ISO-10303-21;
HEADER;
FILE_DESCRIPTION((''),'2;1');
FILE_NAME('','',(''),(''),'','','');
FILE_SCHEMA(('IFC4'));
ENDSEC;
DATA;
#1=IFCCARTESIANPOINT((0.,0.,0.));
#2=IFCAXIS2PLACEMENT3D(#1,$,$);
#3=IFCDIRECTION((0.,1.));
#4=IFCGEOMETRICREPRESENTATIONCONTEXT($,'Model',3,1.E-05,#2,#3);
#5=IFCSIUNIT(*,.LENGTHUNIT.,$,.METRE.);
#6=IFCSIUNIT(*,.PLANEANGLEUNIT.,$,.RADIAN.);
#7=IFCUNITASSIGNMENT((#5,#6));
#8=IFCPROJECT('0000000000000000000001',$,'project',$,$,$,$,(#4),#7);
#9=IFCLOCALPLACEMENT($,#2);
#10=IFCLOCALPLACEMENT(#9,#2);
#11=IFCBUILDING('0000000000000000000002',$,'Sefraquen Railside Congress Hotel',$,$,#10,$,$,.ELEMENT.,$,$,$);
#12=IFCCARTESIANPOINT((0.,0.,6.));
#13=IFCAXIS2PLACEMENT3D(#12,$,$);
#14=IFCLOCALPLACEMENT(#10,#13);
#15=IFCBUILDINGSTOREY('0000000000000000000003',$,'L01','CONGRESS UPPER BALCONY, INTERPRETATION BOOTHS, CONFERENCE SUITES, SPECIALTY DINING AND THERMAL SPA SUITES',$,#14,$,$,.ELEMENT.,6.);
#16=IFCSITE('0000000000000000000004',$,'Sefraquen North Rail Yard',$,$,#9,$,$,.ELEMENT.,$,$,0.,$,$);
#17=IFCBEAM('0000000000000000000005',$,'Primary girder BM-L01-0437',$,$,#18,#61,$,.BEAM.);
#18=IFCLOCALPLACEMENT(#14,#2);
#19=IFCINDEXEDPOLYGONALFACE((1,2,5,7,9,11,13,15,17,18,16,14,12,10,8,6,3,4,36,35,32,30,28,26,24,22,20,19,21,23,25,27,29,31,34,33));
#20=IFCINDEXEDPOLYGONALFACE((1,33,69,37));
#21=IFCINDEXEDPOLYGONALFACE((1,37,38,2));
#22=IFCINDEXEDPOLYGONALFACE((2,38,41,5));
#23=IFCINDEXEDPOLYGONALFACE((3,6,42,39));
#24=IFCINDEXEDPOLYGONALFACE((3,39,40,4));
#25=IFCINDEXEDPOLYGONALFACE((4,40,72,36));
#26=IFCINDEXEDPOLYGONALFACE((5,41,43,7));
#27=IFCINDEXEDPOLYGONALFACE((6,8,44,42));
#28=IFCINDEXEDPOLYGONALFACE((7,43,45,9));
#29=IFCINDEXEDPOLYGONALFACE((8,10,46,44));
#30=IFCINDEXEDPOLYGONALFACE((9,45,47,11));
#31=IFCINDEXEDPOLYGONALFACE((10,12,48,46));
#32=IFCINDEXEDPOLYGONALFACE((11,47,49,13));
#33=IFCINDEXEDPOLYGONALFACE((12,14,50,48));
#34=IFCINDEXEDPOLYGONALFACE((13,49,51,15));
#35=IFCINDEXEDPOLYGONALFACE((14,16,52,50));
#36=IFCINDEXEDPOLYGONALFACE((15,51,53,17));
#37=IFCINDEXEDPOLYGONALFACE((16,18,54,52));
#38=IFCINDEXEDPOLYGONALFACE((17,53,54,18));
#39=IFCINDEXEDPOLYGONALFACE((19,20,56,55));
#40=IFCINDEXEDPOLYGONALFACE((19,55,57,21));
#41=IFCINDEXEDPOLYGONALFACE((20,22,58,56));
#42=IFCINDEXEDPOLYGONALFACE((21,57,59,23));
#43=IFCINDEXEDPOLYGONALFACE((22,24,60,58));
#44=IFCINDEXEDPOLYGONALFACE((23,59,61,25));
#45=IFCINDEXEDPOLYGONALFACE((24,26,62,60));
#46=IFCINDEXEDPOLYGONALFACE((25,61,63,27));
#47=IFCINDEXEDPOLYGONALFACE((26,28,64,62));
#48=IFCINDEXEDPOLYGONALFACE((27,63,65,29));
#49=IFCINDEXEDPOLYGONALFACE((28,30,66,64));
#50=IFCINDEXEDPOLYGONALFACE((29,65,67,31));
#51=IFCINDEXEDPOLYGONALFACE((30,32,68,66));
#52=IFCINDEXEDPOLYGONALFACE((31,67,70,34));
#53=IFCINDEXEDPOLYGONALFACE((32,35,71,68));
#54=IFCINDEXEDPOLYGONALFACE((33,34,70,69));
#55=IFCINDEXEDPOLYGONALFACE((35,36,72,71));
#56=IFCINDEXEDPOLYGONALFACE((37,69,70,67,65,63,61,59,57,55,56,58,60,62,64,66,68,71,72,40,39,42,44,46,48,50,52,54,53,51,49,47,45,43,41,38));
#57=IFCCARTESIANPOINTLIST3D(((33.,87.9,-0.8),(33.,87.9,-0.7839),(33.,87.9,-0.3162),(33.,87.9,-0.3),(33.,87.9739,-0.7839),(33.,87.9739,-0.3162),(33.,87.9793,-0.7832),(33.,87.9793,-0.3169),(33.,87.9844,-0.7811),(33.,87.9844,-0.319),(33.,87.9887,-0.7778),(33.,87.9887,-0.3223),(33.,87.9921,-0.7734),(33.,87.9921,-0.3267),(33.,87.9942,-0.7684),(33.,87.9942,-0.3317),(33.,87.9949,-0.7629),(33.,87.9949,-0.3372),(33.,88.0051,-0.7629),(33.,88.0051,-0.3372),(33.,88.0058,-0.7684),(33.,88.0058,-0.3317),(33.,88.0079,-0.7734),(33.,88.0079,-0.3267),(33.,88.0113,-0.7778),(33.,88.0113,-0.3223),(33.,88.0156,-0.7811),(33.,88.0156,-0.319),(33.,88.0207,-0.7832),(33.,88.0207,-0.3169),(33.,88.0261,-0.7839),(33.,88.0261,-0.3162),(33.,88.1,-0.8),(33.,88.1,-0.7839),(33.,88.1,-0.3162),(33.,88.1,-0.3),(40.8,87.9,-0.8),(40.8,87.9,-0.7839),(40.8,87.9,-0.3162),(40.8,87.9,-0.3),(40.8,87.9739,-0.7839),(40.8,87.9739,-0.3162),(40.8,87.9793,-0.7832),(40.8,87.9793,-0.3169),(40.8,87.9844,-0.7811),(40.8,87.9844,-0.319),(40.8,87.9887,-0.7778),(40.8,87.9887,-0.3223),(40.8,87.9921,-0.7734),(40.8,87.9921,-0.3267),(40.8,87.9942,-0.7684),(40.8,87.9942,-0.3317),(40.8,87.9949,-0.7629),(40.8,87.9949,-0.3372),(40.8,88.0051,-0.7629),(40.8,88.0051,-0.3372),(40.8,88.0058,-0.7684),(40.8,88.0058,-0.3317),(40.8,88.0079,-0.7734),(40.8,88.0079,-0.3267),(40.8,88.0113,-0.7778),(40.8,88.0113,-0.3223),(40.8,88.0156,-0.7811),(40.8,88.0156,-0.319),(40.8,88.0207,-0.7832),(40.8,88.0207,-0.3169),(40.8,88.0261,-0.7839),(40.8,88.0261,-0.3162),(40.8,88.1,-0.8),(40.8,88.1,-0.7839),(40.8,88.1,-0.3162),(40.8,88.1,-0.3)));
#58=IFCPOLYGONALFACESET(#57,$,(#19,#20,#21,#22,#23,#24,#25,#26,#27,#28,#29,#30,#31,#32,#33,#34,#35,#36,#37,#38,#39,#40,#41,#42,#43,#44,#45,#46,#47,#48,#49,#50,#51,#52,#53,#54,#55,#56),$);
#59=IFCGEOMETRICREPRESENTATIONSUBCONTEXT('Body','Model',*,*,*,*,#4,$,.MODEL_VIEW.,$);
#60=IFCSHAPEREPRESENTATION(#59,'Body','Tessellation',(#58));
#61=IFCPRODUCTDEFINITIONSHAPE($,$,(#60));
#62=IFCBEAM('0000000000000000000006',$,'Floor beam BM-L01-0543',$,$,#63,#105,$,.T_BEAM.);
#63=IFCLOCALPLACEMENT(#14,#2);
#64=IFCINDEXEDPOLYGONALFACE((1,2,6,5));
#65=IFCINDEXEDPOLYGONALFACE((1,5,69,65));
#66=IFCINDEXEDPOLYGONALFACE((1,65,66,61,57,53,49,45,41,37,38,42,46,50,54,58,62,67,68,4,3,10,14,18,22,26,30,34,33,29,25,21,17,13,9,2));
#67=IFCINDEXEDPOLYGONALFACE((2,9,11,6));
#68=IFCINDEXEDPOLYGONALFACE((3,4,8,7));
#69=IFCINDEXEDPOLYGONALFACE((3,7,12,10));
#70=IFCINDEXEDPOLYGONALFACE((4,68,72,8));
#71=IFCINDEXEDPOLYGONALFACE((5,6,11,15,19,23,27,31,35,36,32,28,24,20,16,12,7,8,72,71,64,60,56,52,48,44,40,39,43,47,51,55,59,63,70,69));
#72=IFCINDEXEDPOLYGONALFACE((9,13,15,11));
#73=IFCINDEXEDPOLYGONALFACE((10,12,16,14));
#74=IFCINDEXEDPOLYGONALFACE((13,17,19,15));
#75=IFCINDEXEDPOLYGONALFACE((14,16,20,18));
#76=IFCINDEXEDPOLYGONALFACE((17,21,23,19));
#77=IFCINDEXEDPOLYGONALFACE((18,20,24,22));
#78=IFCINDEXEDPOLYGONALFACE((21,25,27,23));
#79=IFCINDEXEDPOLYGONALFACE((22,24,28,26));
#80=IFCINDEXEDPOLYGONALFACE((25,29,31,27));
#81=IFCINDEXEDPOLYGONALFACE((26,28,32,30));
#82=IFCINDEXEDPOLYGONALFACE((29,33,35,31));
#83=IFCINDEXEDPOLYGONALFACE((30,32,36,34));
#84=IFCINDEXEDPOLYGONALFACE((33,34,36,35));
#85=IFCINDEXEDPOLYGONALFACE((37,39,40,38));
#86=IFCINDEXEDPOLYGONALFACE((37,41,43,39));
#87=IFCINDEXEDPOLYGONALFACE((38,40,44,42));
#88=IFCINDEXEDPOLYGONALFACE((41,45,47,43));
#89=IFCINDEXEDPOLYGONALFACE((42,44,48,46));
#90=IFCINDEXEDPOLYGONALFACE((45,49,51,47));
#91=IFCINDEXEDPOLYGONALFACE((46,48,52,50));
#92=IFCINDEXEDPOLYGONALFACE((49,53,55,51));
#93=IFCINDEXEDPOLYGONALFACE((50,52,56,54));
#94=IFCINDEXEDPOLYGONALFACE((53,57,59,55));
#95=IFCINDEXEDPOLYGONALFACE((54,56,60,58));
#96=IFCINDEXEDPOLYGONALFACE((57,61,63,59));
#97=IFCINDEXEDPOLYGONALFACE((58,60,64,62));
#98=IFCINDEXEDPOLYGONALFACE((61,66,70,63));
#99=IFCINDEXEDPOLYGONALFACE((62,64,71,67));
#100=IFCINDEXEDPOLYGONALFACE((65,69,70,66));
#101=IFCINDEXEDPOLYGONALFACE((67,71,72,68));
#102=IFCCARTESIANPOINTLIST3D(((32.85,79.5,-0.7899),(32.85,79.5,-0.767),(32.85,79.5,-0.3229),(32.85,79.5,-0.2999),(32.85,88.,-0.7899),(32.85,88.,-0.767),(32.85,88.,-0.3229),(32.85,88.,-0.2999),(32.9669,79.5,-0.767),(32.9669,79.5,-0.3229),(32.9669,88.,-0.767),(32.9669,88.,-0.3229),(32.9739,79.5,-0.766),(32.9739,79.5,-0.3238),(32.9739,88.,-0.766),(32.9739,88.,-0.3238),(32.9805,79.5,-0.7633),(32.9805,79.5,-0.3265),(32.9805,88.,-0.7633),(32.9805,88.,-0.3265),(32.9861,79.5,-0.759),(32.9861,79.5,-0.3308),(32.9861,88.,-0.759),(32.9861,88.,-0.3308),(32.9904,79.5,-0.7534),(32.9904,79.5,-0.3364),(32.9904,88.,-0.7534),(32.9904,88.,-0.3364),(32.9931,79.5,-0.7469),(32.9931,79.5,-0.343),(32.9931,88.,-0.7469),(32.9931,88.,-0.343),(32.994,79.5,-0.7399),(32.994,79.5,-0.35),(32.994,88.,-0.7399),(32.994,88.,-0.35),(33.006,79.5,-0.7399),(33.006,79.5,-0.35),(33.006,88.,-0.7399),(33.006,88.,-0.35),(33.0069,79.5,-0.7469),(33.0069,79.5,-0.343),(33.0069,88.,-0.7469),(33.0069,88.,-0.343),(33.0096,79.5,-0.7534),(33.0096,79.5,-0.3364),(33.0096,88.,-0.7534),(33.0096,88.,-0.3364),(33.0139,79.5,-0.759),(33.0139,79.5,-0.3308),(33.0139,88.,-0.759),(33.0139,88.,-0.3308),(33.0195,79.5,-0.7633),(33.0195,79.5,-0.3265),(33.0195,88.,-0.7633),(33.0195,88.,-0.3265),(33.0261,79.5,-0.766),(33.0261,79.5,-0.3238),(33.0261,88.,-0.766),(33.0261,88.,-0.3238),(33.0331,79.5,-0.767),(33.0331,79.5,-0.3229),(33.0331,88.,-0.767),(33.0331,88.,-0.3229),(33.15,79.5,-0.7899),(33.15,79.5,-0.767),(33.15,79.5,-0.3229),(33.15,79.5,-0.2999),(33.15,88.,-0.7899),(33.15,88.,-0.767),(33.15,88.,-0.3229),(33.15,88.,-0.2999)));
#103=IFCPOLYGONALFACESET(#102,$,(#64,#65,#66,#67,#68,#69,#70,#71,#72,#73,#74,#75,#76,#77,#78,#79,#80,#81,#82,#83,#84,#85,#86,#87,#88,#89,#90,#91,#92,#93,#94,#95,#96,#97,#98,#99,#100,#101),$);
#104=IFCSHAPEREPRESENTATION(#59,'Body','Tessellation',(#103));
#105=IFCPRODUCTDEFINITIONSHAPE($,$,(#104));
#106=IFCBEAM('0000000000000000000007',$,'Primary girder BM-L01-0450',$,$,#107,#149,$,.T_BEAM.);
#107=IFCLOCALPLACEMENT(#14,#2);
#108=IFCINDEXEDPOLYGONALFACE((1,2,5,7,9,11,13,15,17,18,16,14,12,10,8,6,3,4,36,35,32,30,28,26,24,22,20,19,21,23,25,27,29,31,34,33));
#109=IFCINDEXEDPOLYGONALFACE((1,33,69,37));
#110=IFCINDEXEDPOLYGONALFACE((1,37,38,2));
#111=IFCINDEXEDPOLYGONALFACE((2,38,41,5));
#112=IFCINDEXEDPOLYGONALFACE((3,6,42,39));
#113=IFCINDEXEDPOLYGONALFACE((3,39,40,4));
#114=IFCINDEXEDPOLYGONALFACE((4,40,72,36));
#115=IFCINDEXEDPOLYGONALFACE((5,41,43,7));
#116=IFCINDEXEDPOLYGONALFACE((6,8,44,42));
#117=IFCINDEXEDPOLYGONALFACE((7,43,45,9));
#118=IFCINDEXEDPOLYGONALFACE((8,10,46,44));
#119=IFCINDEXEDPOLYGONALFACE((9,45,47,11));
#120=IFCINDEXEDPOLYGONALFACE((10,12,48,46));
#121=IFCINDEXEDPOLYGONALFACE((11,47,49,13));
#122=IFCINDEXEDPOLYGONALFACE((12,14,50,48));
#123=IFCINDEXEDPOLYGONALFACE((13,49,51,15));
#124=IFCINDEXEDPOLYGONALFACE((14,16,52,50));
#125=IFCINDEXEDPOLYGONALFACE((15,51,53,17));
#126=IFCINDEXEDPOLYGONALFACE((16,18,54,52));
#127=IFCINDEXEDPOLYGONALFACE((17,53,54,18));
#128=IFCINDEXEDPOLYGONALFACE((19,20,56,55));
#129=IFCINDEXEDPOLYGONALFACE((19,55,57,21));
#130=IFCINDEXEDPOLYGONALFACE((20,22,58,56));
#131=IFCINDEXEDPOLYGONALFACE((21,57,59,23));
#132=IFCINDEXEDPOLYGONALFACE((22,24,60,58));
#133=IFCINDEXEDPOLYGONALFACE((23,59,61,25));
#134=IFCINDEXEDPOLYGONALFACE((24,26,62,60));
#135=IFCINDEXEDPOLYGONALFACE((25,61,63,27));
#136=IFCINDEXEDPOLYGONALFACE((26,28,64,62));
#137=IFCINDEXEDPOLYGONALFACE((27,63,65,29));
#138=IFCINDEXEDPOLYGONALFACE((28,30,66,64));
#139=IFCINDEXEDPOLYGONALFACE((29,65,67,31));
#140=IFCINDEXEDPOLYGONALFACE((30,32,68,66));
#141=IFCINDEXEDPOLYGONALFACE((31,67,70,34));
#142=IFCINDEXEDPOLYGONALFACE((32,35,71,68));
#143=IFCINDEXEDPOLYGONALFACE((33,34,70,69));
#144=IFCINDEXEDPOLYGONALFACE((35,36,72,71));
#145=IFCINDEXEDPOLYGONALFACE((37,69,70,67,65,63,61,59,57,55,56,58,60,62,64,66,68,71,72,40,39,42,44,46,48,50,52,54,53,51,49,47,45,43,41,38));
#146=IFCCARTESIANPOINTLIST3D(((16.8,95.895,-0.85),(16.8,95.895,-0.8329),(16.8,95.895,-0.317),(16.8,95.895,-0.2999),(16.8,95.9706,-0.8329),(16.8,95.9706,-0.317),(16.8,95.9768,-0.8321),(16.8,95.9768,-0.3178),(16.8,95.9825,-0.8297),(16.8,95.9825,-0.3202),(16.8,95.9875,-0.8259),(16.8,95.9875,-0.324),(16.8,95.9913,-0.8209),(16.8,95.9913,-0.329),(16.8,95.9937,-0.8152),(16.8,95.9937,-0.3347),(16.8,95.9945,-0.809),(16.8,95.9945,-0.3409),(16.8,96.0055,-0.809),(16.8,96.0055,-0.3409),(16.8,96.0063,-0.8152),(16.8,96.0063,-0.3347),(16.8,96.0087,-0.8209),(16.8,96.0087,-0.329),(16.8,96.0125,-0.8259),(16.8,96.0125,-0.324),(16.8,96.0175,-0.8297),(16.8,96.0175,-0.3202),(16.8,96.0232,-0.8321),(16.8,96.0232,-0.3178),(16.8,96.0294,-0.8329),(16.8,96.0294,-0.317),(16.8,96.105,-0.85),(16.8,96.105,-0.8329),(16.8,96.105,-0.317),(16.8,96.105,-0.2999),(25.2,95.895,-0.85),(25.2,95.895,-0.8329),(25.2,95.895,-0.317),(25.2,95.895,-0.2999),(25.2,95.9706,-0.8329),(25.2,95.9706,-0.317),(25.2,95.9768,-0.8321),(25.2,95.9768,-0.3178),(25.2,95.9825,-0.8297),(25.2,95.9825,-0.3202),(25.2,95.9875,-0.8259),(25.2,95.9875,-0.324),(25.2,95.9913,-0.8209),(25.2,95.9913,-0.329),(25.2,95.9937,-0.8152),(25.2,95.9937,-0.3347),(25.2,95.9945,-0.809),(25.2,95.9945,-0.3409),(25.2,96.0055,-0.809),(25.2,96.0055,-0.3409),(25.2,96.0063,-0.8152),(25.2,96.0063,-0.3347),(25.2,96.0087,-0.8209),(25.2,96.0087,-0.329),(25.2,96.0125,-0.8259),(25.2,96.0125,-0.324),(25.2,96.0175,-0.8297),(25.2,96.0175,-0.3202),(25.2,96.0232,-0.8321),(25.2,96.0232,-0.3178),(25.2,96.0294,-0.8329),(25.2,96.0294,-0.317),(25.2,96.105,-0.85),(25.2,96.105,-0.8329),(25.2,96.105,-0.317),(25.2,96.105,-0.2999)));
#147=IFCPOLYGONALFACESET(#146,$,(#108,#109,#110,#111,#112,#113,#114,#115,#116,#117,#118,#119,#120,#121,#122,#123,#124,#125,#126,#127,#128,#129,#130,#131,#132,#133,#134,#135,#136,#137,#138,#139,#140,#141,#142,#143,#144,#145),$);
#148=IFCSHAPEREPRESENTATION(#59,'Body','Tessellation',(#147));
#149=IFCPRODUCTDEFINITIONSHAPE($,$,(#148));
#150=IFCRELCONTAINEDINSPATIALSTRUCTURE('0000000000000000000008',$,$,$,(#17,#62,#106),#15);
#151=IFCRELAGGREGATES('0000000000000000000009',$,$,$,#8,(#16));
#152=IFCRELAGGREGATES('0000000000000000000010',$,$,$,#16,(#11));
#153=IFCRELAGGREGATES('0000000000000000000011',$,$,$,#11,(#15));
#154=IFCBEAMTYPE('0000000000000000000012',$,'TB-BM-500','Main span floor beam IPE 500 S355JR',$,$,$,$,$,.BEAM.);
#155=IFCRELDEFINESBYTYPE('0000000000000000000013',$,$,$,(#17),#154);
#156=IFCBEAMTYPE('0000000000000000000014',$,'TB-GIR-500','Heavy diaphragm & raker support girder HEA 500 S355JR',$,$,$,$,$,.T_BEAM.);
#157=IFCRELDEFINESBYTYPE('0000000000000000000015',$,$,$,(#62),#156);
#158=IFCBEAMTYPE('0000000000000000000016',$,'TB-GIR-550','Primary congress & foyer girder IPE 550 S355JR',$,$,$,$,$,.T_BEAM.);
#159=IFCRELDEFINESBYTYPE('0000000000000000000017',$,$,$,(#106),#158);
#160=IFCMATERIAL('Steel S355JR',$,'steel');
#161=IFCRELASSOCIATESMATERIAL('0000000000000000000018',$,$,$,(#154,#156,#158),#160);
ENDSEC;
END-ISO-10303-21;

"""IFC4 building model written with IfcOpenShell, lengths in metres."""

from ifc_helpers import new_model, si_unit, direction, frame, origin, origin_2d, place, context, subcontext, project, spatial, i_section, extrude, material, material_profile, profile_set, type_object, element, save


model = new_model("IFC4")

# Units and contexts
model_context = context("Model", 3, precision=1e-05, world=origin(), true_north=direction((0.0, 1.0)))
body_context = subcontext(model_context, "Body", "Model", "MODEL_VIEW")
ifc_project = project(units=[si_unit("LENGTHUNIT", "METRE"), si_unit("PLANEANGLEUNIT", "RADIAN")], contexts=[model_context])

# Site, building, storey
site_placement = place(None, origin())
site = spatial("IfcSite", under=ifc_project, at=site_placement, Name="Sefraquen North Rail Yard", CompositionType="ELEMENT", RefElevation=0.0)
building_placement = place(site_placement, origin())
building = spatial("IfcBuilding", under=site, at=building_placement, Name="Sefraquen Railside Congress Hotel", CompositionType="ELEMENT")
storey_placement = place(building_placement, frame((0.0, 0.0, 6.0)))
storey = spatial("IfcBuildingStorey", under=building, at=storey_placement, Name="L01", Description="CONGRESS UPPER BALCONY, INTERPRETATION BOOTHS, CONFERENCE SUITES, SPECIALTY DINING AND THERMAL SPA SUITES", CompositionType="ELEMENT", Elevation=6.0)

# Shared definitions
ifc_material_1 = material(Name="Steel S355JR", Category="steel")

# Beams
ifc_material_profile_1 = material_profile(ifc_material_1, i_section(OverallWidth=0.2, OverallDepth=0.5, WebThickness=0.0103, FlangeThickness=0.0161, FilletRadius=0.021, at=origin_2d()), Name="IPE 500")
ifc_profile_set_1 = profile_set([ifc_material_profile_1], Name="Steel S355JR")
beam_type_1 = type_object("IfcBeamType", Name="TB-BM-500", Description="Main span floor beam IPE 500 S355JR", PredefinedType="BEAM", material=ifc_profile_set_1)
for number, where, z_axis, x_axis, name in (
    (1, (33.0, 88.0, -0.55), (1.0, 0.0, 0.0), (0.0, 1.0, 0.0), "Primary girder BM-L01-0437"),
):
    element("IfcBeam", number, at=place(storey_placement, frame(where, z_axis=z_axis, x_axis=x_axis)), inside=storey, type_object=beam_type_1, Name=name, PredefinedType="BEAM", context=body_context, shape_type="SweptSolid", body=[
        extrude(i_section(OverallWidth=0.2, OverallDepth=0.5, WebThickness=0.0103, FlangeThickness=0.0161, FilletRadius=0.021, at=origin_2d()), origin(), (0.0, 0.0, 1.0), 7.8),
    ])
ifc_material_profile_2 = material_profile(ifc_material_1, i_section(OverallWidth=0.3, OverallDepth=0.49, WebThickness=0.012, FlangeThickness=0.0229, FilletRadius=0.0271, at=origin_2d()), Name="HEA 500")
ifc_profile_set_2 = profile_set([ifc_material_profile_2], Name="Steel S355JR")
beam_type_2 = type_object("IfcBeamType", Name="TB-GIR-500", Description="Heavy diaphragm & raker support girder HEA 500 S355JR", PredefinedType="T_BEAM", material=ifc_profile_set_2)
beam_1_placement = place(storey_placement, frame((33.0, 79.5, -0.5449), z_axis=(0.0, 1.0, 0.0), x_axis=(-1.0, 0.0, 0.0)))
element("IfcBeam", 2, at=beam_1_placement, inside=storey, type_object=beam_type_2, Name="Floor beam BM-L01-0543", PredefinedType="T_BEAM", context=body_context, shape_type="SweptSolid", body=[
    extrude(i_section(OverallWidth=0.3, OverallDepth=0.49, WebThickness=0.012, FlangeThickness=0.0229, FilletRadius=0.0271, at=origin_2d()), origin(), (0.0, 0.0, 1.0), 8.5),
])
ifc_material_profile_3 = material_profile(ifc_material_1, i_section(OverallWidth=0.21, OverallDepth=0.55, WebThickness=0.011, FlangeThickness=0.0171, FilletRadius=0.0239, at=origin_2d()), Name="IPE 550")
ifc_profile_set_3 = profile_set([ifc_material_profile_3], Name="Steel S355JR")
beam_type_3 = type_object("IfcBeamType", Name="TB-GIR-550", Description="Primary congress & foyer girder IPE 550 S355JR", PredefinedType="T_BEAM", material=ifc_profile_set_3)
beam_2_placement = place(storey_placement, frame((16.8, 96.0, -0.575), z_axis=(1.0, 0.0, 0.0), x_axis=(0.0, 1.0, 0.0)))
element("IfcBeam", 3, at=beam_2_placement, inside=storey, type_object=beam_type_3, Name="Primary girder BM-L01-0450", PredefinedType="T_BEAM", context=body_context, shape_type="SweptSolid", body=[
    extrude(i_section(OverallWidth=0.21, OverallDepth=0.55, WebThickness=0.011, FlangeThickness=0.0171, FilletRadius=0.0239, at=origin_2d()), origin(), (0.0, 0.0, 1.0), 8.3999),
])

save(model, "model.ifc")
